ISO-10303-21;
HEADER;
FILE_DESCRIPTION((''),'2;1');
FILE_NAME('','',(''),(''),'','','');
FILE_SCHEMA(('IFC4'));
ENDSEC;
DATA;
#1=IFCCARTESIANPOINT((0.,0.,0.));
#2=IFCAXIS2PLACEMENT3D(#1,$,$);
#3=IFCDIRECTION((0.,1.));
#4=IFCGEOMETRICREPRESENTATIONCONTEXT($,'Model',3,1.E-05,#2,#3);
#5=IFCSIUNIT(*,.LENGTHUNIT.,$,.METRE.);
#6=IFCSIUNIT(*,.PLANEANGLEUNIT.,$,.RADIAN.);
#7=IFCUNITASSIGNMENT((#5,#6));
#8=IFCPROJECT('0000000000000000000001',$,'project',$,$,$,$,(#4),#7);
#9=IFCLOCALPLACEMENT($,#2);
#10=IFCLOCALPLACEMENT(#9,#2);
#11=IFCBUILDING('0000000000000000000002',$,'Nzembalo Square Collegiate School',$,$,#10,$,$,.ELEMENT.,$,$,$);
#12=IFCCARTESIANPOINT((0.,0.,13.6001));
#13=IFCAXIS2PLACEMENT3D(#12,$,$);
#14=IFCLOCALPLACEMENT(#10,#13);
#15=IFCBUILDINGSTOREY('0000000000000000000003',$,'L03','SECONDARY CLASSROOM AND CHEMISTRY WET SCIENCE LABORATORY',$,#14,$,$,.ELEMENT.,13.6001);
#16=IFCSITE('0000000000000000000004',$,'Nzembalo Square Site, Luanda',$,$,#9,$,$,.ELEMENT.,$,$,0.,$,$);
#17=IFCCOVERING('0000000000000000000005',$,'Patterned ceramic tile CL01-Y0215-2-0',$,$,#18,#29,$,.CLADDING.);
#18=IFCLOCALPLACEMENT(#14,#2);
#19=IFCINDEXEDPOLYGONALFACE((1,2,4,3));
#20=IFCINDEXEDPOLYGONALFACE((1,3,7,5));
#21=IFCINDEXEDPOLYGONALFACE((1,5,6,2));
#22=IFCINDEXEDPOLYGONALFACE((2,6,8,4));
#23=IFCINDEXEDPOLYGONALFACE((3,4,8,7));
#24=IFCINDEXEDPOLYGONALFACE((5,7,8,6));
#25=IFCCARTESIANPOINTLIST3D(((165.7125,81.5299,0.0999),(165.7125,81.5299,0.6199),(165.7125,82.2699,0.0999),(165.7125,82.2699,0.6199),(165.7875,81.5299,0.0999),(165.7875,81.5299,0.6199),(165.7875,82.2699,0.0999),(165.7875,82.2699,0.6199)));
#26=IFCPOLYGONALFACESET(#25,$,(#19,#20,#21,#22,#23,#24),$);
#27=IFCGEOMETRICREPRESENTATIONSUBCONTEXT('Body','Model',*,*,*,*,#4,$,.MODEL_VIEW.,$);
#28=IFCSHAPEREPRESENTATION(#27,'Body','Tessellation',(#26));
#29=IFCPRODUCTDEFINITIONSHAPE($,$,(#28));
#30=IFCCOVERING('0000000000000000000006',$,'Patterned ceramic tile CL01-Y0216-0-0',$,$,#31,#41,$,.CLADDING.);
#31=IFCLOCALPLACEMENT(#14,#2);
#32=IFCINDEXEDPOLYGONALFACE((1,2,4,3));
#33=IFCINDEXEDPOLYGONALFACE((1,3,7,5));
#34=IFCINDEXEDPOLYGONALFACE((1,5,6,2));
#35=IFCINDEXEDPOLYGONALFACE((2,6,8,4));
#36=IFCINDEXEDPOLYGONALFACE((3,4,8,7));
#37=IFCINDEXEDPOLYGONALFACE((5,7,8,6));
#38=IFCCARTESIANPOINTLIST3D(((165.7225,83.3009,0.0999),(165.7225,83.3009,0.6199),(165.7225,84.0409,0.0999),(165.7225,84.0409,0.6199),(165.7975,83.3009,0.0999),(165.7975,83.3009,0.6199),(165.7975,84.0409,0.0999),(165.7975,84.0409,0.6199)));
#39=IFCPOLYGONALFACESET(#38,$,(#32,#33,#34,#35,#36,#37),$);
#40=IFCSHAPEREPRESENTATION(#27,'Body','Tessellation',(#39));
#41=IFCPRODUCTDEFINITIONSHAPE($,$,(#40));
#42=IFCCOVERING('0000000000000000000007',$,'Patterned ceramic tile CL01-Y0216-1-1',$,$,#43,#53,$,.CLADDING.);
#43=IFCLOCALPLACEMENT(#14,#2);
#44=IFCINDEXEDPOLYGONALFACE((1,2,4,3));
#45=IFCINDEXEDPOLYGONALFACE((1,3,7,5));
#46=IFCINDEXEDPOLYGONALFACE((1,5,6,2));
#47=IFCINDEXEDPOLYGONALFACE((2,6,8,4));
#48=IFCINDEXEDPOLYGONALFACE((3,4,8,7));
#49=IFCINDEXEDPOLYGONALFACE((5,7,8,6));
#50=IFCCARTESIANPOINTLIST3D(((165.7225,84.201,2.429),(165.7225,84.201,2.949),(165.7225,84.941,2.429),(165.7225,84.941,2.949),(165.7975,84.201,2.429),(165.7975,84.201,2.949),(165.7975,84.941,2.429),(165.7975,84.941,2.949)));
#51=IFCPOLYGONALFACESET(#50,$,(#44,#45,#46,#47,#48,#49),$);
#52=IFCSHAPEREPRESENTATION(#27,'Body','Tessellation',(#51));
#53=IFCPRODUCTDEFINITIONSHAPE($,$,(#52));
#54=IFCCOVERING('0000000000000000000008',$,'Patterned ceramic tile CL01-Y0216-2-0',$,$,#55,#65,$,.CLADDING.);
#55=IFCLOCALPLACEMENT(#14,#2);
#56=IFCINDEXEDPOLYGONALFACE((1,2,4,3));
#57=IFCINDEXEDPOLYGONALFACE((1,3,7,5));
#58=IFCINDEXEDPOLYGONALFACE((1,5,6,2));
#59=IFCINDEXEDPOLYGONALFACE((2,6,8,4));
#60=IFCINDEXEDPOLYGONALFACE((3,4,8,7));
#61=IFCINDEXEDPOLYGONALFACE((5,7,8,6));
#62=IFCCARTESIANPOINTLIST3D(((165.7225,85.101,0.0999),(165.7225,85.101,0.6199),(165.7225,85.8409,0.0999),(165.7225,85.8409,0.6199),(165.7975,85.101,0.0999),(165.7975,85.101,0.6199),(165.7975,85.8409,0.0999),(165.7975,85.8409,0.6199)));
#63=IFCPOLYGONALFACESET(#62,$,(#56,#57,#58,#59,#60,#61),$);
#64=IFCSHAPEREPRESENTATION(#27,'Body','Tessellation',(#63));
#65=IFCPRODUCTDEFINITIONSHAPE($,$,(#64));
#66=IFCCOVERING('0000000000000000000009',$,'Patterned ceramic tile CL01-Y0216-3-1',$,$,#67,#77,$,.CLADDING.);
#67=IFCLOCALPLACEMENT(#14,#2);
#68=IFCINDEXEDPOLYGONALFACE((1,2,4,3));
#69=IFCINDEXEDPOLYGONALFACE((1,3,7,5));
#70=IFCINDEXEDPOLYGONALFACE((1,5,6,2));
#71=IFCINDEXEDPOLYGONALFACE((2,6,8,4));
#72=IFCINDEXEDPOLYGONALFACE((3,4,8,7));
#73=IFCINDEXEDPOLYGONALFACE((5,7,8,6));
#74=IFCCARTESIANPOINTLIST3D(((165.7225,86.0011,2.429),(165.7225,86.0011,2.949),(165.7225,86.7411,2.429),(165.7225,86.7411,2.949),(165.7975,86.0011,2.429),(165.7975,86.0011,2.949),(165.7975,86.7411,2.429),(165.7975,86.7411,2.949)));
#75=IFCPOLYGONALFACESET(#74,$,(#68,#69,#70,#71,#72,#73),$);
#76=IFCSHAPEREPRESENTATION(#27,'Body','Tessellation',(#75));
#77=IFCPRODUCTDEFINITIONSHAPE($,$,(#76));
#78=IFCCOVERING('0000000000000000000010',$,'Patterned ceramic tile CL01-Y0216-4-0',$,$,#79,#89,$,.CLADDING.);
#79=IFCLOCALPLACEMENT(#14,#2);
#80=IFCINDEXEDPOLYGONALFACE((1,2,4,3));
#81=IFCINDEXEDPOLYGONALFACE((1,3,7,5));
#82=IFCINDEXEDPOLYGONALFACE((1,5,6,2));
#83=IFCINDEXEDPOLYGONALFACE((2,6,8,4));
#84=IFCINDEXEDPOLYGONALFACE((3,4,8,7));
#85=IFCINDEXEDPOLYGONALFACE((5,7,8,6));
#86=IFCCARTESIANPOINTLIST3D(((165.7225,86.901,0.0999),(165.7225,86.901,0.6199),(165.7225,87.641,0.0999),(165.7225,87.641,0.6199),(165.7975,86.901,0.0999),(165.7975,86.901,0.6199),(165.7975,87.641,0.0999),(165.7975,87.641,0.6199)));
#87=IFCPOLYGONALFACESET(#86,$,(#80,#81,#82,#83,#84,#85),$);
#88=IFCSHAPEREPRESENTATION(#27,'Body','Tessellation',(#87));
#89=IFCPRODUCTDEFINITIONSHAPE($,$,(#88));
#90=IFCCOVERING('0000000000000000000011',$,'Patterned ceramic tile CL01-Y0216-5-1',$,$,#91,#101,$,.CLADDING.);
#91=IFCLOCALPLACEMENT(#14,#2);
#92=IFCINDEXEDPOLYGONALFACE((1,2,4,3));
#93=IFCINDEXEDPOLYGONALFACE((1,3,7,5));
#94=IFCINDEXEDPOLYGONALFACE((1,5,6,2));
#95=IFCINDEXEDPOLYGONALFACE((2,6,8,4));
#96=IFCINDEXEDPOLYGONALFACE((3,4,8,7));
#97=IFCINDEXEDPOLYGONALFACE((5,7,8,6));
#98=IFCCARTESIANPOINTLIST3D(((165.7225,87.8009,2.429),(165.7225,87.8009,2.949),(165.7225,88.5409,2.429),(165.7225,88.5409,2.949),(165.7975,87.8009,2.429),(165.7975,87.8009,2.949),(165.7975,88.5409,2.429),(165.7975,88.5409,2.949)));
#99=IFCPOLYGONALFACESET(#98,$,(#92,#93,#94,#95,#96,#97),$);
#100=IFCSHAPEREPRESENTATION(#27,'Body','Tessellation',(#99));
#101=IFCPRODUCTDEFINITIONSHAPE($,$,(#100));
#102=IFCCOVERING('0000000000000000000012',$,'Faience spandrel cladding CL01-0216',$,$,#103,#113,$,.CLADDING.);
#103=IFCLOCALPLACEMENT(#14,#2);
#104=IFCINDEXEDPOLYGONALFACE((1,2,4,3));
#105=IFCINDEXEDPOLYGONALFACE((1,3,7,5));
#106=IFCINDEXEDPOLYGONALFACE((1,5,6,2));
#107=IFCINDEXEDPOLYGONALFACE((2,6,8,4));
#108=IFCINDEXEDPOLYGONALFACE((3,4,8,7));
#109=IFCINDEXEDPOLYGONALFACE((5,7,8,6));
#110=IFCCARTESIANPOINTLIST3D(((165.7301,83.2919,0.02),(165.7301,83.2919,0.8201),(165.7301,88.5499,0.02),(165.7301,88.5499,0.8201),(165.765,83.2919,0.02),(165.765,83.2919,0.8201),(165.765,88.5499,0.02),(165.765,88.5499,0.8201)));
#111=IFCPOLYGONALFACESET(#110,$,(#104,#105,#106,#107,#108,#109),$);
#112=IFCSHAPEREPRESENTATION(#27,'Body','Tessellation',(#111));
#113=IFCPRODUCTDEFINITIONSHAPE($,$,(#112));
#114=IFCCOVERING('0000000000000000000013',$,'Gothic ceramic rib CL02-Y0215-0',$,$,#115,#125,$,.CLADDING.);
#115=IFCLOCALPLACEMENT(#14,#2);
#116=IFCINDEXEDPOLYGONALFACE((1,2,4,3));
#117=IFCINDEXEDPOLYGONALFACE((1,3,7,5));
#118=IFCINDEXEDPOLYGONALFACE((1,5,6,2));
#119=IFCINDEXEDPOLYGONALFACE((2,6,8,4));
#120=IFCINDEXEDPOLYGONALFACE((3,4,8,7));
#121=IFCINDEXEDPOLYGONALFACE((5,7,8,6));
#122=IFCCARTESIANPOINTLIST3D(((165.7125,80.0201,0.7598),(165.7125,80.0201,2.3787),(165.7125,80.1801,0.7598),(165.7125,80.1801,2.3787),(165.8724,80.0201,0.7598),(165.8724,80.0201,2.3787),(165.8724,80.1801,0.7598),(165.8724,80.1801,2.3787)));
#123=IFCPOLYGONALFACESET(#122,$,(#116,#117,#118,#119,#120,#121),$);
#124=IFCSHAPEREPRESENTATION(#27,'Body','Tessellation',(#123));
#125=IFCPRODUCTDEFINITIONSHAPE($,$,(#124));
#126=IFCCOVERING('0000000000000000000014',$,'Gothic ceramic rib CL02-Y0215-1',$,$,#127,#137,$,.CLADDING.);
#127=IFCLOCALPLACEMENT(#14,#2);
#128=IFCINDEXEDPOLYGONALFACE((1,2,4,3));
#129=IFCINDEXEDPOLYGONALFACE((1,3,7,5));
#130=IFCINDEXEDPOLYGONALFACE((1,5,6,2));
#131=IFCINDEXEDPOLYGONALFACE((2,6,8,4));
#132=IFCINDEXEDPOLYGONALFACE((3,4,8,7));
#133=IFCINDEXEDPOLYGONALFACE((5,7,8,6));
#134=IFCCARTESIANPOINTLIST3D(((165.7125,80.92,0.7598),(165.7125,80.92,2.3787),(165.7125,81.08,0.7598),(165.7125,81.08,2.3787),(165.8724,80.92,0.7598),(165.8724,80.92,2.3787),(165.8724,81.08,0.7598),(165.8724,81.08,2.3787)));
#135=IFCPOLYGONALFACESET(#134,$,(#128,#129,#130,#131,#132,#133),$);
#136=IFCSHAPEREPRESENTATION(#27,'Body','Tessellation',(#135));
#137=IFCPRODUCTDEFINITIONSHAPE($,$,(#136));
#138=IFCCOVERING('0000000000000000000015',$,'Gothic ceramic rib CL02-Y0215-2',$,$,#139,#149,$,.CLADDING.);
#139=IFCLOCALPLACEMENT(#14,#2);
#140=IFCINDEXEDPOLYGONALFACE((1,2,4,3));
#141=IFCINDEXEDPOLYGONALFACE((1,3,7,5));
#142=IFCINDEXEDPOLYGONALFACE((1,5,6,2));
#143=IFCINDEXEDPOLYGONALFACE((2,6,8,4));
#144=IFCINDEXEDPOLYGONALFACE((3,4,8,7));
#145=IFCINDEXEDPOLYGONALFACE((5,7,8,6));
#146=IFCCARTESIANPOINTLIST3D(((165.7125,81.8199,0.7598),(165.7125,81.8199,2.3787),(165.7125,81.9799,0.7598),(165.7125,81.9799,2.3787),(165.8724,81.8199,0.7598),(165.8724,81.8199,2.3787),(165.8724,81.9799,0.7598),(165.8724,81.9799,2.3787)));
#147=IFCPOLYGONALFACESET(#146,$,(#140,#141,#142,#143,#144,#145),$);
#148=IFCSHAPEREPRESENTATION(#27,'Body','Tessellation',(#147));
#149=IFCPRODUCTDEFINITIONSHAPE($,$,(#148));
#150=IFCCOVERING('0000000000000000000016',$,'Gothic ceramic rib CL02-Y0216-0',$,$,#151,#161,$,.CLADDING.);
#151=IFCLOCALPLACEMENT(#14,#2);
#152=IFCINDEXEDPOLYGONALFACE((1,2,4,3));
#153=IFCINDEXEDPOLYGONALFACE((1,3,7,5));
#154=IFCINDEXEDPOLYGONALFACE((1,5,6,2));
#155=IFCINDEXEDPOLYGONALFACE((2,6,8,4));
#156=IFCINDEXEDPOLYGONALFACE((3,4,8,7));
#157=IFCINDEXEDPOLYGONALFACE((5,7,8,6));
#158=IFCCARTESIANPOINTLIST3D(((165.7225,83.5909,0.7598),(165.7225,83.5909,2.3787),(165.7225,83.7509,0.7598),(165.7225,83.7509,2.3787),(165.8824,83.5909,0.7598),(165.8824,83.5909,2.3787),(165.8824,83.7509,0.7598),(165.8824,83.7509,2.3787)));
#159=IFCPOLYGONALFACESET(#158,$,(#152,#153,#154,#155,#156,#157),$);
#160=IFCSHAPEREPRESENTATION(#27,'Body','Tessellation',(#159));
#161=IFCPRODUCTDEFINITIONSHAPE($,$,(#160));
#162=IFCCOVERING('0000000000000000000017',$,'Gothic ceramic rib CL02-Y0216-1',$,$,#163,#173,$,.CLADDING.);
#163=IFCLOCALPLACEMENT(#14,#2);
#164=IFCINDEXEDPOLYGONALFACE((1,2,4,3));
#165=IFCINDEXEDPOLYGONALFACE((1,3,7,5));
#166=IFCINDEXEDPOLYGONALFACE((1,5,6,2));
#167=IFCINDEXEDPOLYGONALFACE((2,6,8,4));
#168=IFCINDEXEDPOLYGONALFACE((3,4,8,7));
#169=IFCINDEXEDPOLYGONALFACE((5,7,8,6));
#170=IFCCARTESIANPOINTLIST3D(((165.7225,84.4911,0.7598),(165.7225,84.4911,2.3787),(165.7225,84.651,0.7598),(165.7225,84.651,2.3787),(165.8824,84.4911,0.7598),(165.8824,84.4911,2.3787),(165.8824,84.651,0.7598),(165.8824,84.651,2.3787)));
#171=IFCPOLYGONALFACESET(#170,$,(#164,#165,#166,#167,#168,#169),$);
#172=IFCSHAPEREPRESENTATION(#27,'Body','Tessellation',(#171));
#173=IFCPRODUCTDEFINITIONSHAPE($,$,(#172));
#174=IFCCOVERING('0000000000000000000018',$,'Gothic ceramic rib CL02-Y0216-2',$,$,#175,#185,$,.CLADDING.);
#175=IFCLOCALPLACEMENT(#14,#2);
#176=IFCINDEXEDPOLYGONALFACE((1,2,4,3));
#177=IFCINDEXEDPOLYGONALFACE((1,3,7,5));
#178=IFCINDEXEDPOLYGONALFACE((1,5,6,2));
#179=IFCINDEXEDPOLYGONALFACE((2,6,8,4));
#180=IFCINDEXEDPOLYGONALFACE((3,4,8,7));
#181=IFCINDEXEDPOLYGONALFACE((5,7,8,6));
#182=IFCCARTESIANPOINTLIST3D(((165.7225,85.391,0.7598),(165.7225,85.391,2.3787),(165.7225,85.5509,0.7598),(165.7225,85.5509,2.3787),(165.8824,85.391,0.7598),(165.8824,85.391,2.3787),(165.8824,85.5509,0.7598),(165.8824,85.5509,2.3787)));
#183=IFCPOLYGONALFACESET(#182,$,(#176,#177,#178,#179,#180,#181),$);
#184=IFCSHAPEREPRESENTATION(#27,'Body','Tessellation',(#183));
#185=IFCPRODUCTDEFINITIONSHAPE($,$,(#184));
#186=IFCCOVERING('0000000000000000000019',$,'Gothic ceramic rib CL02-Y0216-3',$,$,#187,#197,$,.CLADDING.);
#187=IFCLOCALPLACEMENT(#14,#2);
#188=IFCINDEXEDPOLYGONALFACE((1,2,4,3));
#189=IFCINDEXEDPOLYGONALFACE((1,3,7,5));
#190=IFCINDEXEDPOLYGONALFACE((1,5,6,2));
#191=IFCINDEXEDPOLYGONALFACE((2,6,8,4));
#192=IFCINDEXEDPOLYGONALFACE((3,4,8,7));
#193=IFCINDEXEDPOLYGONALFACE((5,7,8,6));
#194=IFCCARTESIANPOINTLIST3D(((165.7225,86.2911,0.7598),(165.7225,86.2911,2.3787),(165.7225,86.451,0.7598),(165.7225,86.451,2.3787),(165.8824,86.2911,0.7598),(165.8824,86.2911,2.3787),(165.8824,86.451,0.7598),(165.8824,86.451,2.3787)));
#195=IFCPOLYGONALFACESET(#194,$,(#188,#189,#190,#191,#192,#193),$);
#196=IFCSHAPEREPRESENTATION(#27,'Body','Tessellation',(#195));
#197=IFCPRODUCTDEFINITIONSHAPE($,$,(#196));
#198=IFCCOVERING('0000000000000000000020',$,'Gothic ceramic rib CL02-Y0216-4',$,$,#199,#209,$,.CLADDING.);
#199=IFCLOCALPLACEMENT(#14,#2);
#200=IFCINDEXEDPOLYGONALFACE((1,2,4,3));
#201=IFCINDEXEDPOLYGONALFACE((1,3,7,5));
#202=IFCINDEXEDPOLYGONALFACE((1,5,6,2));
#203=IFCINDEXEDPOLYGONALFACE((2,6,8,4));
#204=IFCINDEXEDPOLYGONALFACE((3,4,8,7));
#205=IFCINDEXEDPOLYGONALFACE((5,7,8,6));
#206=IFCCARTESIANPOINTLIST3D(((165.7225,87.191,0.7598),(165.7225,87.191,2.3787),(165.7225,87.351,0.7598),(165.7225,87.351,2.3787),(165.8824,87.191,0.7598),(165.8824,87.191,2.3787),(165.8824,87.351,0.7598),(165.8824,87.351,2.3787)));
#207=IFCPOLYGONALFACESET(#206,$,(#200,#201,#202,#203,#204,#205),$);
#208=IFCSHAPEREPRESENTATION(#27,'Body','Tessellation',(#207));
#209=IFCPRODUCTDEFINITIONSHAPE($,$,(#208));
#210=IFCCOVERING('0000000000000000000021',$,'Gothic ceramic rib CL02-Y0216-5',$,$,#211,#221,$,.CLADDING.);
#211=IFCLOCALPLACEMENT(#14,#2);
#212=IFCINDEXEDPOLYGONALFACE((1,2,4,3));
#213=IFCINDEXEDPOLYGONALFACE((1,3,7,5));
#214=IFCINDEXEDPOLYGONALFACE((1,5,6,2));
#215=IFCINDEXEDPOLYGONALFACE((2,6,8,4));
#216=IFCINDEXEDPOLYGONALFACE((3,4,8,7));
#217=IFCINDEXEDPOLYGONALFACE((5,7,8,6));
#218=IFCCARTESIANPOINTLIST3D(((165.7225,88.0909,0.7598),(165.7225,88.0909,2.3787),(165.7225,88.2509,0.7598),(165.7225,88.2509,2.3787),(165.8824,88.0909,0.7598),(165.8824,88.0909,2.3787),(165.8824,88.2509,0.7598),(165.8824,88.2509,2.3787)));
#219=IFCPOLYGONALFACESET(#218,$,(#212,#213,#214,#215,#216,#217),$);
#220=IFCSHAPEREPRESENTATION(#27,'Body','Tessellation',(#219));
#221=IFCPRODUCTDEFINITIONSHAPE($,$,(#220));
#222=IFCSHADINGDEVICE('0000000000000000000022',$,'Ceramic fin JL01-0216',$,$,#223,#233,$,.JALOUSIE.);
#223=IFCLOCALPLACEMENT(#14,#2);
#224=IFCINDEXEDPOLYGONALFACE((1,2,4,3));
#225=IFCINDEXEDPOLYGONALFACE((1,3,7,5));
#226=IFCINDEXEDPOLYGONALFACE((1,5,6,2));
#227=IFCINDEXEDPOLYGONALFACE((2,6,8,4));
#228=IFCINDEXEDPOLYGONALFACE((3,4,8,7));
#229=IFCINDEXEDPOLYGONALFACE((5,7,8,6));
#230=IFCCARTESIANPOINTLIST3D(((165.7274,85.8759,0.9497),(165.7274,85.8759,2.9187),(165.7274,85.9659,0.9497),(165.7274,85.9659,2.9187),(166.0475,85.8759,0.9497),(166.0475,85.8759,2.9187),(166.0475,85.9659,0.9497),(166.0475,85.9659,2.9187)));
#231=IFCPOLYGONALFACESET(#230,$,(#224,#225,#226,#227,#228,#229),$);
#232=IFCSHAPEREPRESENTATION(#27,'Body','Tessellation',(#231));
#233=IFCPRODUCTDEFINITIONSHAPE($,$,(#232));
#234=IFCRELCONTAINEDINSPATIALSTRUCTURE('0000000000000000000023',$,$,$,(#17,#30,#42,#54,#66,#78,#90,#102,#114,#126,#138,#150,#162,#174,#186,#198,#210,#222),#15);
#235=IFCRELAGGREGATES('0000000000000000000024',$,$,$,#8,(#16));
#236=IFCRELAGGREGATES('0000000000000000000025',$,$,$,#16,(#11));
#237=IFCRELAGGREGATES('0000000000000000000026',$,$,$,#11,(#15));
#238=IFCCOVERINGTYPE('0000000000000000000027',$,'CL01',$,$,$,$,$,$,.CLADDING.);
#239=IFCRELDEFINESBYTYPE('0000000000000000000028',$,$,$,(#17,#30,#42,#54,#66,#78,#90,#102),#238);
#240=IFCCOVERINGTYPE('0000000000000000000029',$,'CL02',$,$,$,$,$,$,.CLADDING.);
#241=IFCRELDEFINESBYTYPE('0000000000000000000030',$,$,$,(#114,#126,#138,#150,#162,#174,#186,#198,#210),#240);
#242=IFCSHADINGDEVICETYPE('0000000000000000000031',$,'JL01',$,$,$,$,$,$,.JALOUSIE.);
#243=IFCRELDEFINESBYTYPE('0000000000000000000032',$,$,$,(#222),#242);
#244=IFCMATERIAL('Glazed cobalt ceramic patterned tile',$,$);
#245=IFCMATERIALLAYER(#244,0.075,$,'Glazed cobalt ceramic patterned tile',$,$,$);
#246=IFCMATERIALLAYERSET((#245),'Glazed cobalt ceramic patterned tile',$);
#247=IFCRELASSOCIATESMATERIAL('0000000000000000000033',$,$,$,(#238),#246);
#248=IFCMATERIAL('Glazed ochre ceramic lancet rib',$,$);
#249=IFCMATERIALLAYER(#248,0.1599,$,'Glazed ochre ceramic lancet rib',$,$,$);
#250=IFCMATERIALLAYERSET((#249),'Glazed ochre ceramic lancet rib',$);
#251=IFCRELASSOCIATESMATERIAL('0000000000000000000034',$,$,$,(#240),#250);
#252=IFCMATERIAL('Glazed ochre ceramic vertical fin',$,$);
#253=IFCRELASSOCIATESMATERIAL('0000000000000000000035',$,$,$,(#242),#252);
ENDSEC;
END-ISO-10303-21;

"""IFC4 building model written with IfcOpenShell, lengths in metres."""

from ifc_helpers import new_model, si_unit, direction, frame, origin, origin_2d, place, context, subcontext, project, spatial, rectangle, extrude, material, layer, layer_set, type_object, element, save


model = new_model("IFC4")

# Units and contexts
model_context = context("Model", 3, precision=1e-05, world=origin(), true_north=direction((0.0, 1.0)))
body_context = subcontext(model_context, "Body", "Model", "MODEL_VIEW")
ifc_project = project(units=[si_unit("LENGTHUNIT", "METRE"), si_unit("PLANEANGLEUNIT", "RADIAN")], contexts=[model_context])

# Site, building, storey
site_placement = place(None, origin())
site = spatial("IfcSite", under=ifc_project, at=site_placement, Name="Nzembalo Square Site, Luanda", CompositionType="ELEMENT", RefElevation=0.0)
building_placement = place(site_placement, origin())
building = spatial("IfcBuilding", under=site, at=building_placement, Name="Nzembalo Square Collegiate School", CompositionType="ELEMENT")
storey_placement = place(building_placement, frame((0.0, 0.0, 13.6001)))
storey = spatial("IfcBuildingStorey", under=building, at=storey_placement, Name="L03", Description="SECONDARY CLASSROOM AND CHEMISTRY WET SCIENCE LABORATORY", CompositionType="ELEMENT", Elevation=13.6001)

# Coverings
ifc_material_1 = material(Name="Glazed cobalt ceramic patterned tile")
ifc_layer_1 = layer(ifc_material_1, 0.075, Name="Glazed cobalt ceramic patterned tile")
ifc_layer_set_1 = layer_set([ifc_layer_1], Name="Glazed cobalt ceramic patterned tile")
covering_type_1 = type_object("IfcCoveringType", Name="CL01", PredefinedType="CLADDING", material=ifc_layer_set_1)
for number, where, z_axis, x_axis, name in (
    (1, (165.75, 81.8999, 0.0999), (0.0, 0.0, 1.0), (1.0, 0.0, 0.0), "Patterned ceramic tile CL01-Y0215-2-0"),
    (2, (165.76, 83.6709, 0.0999), (0.0, 0.0, 1.0), (1.0, 0.0, 0.0), "Patterned ceramic tile CL01-Y0216-0-0"),
    (3, (165.76, 84.571, 2.429), (0.0, 0.0, 1.0), (1.0, 0.0, 0.0), "Patterned ceramic tile CL01-Y0216-1-1"),
    (4, (165.76, 85.4709, 0.0999), (0.0, 0.0, 1.0), (1.0, 0.0, 0.0), "Patterned ceramic tile CL01-Y0216-2-0"),
    (5, (165.76, 86.3711, 2.429), (0.0, 0.0, 1.0), (1.0, 0.0, 0.0), "Patterned ceramic tile CL01-Y0216-3-1"),
    (6, (165.76, 87.271, 0.0999), (0.0, 0.0, 1.0), (1.0, 0.0, 0.0), "Patterned ceramic tile CL01-Y0216-4-0"),
    (7, (165.76, 88.1709, 2.429), (0.0, 0.0, 1.0), (1.0, 0.0, 0.0), "Patterned ceramic tile CL01-Y0216-5-1"),
):
    element("IfcCovering", number, at=place(storey_placement, frame(where, z_axis=z_axis, x_axis=x_axis)), inside=storey, type_object=covering_type_1, Name=name, PredefinedType="CLADDING", context=body_context, shape_type="SweptSolid", body=[
        extrude(rectangle(XDim=0.075, YDim=0.74, at=origin_2d()), origin(), (0.0, 0.0, 1.0), 0.52),
    ])
covering_placement = place(storey_placement, frame((165.7476, 85.9209, 0.02), z_axis=(0.0, 0.0, 1.0), x_axis=(1.0, 0.0, 0.0)))
element("IfcCovering", 8, at=covering_placement, inside=storey, type_object=covering_type_1, Name="Faience spandrel cladding CL01-0216", PredefinedType="CLADDING", context=body_context, shape_type="SweptSolid", body=[
    extrude(rectangle(XDim=0.0349, YDim=5.2581, at=origin_2d()), origin(), (0.0, 0.0, 1.0), 0.8),
])
ifc_material_2 = material(Name="Glazed ochre ceramic lancet rib")
ifc_layer_2 = layer(ifc_material_2, 0.1599, Name="Glazed ochre ceramic lancet rib")
ifc_layer_set_2 = layer_set([ifc_layer_2], Name="Glazed ochre ceramic lancet rib")
covering_type_2 = type_object("IfcCoveringType", Name="CL02", PredefinedType="CLADDING", material=ifc_layer_set_2)
for number, where, z_axis, x_axis, name in (
    (9, (165.7925, 80.1001, 0.7598), (0.0, 0.0, 1.0), (1.0, 0.0, 0.0), "Gothic ceramic rib CL02-Y0215-0"),
    (10, (165.7925, 81.0, 0.7598), (0.0, 0.0, 1.0), (1.0, 0.0, 0.0), "Gothic ceramic rib CL02-Y0215-1"),
    (11, (165.7925, 81.8999, 0.7598), (0.0, 0.0, 1.0), (1.0, 0.0, 0.0), "Gothic ceramic rib CL02-Y0215-2"),
    (12, (165.8025, 83.6709, 0.7598), (0.0, 0.0, 1.0), (1.0, 0.0, 0.0), "Gothic ceramic rib CL02-Y0216-0"),
    (13, (165.8025, 84.571, 0.7598), (0.0, 0.0, 1.0), (1.0, 0.0, 0.0), "Gothic ceramic rib CL02-Y0216-1"),
    (14, (165.8025, 85.4709, 0.7598), (0.0, 0.0, 1.0), (1.0, 0.0, 0.0), "Gothic ceramic rib CL02-Y0216-2"),
    (15, (165.8025, 86.3711, 0.7598), (0.0, 0.0, 1.0), (1.0, 0.0, 0.0), "Gothic ceramic rib CL02-Y0216-3"),
    (16, (165.8025, 87.271, 0.7598), (0.0, 0.0, 1.0), (1.0, 0.0, 0.0), "Gothic ceramic rib CL02-Y0216-4"),
    (17, (165.8025, 88.1709, 0.7598), (0.0, 0.0, 1.0), (1.0, 0.0, 0.0), "Gothic ceramic rib CL02-Y0216-5"),
):
    element("IfcCovering", number, at=place(storey_placement, frame(where, z_axis=z_axis, x_axis=x_axis)), inside=storey, type_object=covering_type_2, Name=name, PredefinedType="CLADDING", context=body_context, shape_type="SweptSolid", body=[
        extrude(rectangle(XDim=0.1599, YDim=0.1599, at=origin_2d()), origin(), (0.0, 0.0, 1.0), 1.6189),
    ])

# Shading device
ifc_material_3 = material(Name="Glazed ochre ceramic vertical fin")
shading_device_type = type_object("IfcShadingDeviceType", Name="JL01", PredefinedType="JALOUSIE", material=ifc_material_3)
shading_device_placement = place(storey_placement, frame((165.8875, 85.9209, 0.9497), z_axis=(0.0, 0.0, 1.0), x_axis=(1.0, 0.0, 0.0)))
element("IfcShadingDevice", 18, at=shading_device_placement, inside=storey, type_object=shading_device_type, Name="Ceramic fin JL01-0216", PredefinedType="JALOUSIE", context=body_context, shape_type="SweptSolid", body=[
    extrude(rectangle(XDim=0.3201, YDim=0.0901, at=origin_2d()), origin(), (0.0, 0.0, 1.0), 1.969),
])

save(model, "model.ifc")
